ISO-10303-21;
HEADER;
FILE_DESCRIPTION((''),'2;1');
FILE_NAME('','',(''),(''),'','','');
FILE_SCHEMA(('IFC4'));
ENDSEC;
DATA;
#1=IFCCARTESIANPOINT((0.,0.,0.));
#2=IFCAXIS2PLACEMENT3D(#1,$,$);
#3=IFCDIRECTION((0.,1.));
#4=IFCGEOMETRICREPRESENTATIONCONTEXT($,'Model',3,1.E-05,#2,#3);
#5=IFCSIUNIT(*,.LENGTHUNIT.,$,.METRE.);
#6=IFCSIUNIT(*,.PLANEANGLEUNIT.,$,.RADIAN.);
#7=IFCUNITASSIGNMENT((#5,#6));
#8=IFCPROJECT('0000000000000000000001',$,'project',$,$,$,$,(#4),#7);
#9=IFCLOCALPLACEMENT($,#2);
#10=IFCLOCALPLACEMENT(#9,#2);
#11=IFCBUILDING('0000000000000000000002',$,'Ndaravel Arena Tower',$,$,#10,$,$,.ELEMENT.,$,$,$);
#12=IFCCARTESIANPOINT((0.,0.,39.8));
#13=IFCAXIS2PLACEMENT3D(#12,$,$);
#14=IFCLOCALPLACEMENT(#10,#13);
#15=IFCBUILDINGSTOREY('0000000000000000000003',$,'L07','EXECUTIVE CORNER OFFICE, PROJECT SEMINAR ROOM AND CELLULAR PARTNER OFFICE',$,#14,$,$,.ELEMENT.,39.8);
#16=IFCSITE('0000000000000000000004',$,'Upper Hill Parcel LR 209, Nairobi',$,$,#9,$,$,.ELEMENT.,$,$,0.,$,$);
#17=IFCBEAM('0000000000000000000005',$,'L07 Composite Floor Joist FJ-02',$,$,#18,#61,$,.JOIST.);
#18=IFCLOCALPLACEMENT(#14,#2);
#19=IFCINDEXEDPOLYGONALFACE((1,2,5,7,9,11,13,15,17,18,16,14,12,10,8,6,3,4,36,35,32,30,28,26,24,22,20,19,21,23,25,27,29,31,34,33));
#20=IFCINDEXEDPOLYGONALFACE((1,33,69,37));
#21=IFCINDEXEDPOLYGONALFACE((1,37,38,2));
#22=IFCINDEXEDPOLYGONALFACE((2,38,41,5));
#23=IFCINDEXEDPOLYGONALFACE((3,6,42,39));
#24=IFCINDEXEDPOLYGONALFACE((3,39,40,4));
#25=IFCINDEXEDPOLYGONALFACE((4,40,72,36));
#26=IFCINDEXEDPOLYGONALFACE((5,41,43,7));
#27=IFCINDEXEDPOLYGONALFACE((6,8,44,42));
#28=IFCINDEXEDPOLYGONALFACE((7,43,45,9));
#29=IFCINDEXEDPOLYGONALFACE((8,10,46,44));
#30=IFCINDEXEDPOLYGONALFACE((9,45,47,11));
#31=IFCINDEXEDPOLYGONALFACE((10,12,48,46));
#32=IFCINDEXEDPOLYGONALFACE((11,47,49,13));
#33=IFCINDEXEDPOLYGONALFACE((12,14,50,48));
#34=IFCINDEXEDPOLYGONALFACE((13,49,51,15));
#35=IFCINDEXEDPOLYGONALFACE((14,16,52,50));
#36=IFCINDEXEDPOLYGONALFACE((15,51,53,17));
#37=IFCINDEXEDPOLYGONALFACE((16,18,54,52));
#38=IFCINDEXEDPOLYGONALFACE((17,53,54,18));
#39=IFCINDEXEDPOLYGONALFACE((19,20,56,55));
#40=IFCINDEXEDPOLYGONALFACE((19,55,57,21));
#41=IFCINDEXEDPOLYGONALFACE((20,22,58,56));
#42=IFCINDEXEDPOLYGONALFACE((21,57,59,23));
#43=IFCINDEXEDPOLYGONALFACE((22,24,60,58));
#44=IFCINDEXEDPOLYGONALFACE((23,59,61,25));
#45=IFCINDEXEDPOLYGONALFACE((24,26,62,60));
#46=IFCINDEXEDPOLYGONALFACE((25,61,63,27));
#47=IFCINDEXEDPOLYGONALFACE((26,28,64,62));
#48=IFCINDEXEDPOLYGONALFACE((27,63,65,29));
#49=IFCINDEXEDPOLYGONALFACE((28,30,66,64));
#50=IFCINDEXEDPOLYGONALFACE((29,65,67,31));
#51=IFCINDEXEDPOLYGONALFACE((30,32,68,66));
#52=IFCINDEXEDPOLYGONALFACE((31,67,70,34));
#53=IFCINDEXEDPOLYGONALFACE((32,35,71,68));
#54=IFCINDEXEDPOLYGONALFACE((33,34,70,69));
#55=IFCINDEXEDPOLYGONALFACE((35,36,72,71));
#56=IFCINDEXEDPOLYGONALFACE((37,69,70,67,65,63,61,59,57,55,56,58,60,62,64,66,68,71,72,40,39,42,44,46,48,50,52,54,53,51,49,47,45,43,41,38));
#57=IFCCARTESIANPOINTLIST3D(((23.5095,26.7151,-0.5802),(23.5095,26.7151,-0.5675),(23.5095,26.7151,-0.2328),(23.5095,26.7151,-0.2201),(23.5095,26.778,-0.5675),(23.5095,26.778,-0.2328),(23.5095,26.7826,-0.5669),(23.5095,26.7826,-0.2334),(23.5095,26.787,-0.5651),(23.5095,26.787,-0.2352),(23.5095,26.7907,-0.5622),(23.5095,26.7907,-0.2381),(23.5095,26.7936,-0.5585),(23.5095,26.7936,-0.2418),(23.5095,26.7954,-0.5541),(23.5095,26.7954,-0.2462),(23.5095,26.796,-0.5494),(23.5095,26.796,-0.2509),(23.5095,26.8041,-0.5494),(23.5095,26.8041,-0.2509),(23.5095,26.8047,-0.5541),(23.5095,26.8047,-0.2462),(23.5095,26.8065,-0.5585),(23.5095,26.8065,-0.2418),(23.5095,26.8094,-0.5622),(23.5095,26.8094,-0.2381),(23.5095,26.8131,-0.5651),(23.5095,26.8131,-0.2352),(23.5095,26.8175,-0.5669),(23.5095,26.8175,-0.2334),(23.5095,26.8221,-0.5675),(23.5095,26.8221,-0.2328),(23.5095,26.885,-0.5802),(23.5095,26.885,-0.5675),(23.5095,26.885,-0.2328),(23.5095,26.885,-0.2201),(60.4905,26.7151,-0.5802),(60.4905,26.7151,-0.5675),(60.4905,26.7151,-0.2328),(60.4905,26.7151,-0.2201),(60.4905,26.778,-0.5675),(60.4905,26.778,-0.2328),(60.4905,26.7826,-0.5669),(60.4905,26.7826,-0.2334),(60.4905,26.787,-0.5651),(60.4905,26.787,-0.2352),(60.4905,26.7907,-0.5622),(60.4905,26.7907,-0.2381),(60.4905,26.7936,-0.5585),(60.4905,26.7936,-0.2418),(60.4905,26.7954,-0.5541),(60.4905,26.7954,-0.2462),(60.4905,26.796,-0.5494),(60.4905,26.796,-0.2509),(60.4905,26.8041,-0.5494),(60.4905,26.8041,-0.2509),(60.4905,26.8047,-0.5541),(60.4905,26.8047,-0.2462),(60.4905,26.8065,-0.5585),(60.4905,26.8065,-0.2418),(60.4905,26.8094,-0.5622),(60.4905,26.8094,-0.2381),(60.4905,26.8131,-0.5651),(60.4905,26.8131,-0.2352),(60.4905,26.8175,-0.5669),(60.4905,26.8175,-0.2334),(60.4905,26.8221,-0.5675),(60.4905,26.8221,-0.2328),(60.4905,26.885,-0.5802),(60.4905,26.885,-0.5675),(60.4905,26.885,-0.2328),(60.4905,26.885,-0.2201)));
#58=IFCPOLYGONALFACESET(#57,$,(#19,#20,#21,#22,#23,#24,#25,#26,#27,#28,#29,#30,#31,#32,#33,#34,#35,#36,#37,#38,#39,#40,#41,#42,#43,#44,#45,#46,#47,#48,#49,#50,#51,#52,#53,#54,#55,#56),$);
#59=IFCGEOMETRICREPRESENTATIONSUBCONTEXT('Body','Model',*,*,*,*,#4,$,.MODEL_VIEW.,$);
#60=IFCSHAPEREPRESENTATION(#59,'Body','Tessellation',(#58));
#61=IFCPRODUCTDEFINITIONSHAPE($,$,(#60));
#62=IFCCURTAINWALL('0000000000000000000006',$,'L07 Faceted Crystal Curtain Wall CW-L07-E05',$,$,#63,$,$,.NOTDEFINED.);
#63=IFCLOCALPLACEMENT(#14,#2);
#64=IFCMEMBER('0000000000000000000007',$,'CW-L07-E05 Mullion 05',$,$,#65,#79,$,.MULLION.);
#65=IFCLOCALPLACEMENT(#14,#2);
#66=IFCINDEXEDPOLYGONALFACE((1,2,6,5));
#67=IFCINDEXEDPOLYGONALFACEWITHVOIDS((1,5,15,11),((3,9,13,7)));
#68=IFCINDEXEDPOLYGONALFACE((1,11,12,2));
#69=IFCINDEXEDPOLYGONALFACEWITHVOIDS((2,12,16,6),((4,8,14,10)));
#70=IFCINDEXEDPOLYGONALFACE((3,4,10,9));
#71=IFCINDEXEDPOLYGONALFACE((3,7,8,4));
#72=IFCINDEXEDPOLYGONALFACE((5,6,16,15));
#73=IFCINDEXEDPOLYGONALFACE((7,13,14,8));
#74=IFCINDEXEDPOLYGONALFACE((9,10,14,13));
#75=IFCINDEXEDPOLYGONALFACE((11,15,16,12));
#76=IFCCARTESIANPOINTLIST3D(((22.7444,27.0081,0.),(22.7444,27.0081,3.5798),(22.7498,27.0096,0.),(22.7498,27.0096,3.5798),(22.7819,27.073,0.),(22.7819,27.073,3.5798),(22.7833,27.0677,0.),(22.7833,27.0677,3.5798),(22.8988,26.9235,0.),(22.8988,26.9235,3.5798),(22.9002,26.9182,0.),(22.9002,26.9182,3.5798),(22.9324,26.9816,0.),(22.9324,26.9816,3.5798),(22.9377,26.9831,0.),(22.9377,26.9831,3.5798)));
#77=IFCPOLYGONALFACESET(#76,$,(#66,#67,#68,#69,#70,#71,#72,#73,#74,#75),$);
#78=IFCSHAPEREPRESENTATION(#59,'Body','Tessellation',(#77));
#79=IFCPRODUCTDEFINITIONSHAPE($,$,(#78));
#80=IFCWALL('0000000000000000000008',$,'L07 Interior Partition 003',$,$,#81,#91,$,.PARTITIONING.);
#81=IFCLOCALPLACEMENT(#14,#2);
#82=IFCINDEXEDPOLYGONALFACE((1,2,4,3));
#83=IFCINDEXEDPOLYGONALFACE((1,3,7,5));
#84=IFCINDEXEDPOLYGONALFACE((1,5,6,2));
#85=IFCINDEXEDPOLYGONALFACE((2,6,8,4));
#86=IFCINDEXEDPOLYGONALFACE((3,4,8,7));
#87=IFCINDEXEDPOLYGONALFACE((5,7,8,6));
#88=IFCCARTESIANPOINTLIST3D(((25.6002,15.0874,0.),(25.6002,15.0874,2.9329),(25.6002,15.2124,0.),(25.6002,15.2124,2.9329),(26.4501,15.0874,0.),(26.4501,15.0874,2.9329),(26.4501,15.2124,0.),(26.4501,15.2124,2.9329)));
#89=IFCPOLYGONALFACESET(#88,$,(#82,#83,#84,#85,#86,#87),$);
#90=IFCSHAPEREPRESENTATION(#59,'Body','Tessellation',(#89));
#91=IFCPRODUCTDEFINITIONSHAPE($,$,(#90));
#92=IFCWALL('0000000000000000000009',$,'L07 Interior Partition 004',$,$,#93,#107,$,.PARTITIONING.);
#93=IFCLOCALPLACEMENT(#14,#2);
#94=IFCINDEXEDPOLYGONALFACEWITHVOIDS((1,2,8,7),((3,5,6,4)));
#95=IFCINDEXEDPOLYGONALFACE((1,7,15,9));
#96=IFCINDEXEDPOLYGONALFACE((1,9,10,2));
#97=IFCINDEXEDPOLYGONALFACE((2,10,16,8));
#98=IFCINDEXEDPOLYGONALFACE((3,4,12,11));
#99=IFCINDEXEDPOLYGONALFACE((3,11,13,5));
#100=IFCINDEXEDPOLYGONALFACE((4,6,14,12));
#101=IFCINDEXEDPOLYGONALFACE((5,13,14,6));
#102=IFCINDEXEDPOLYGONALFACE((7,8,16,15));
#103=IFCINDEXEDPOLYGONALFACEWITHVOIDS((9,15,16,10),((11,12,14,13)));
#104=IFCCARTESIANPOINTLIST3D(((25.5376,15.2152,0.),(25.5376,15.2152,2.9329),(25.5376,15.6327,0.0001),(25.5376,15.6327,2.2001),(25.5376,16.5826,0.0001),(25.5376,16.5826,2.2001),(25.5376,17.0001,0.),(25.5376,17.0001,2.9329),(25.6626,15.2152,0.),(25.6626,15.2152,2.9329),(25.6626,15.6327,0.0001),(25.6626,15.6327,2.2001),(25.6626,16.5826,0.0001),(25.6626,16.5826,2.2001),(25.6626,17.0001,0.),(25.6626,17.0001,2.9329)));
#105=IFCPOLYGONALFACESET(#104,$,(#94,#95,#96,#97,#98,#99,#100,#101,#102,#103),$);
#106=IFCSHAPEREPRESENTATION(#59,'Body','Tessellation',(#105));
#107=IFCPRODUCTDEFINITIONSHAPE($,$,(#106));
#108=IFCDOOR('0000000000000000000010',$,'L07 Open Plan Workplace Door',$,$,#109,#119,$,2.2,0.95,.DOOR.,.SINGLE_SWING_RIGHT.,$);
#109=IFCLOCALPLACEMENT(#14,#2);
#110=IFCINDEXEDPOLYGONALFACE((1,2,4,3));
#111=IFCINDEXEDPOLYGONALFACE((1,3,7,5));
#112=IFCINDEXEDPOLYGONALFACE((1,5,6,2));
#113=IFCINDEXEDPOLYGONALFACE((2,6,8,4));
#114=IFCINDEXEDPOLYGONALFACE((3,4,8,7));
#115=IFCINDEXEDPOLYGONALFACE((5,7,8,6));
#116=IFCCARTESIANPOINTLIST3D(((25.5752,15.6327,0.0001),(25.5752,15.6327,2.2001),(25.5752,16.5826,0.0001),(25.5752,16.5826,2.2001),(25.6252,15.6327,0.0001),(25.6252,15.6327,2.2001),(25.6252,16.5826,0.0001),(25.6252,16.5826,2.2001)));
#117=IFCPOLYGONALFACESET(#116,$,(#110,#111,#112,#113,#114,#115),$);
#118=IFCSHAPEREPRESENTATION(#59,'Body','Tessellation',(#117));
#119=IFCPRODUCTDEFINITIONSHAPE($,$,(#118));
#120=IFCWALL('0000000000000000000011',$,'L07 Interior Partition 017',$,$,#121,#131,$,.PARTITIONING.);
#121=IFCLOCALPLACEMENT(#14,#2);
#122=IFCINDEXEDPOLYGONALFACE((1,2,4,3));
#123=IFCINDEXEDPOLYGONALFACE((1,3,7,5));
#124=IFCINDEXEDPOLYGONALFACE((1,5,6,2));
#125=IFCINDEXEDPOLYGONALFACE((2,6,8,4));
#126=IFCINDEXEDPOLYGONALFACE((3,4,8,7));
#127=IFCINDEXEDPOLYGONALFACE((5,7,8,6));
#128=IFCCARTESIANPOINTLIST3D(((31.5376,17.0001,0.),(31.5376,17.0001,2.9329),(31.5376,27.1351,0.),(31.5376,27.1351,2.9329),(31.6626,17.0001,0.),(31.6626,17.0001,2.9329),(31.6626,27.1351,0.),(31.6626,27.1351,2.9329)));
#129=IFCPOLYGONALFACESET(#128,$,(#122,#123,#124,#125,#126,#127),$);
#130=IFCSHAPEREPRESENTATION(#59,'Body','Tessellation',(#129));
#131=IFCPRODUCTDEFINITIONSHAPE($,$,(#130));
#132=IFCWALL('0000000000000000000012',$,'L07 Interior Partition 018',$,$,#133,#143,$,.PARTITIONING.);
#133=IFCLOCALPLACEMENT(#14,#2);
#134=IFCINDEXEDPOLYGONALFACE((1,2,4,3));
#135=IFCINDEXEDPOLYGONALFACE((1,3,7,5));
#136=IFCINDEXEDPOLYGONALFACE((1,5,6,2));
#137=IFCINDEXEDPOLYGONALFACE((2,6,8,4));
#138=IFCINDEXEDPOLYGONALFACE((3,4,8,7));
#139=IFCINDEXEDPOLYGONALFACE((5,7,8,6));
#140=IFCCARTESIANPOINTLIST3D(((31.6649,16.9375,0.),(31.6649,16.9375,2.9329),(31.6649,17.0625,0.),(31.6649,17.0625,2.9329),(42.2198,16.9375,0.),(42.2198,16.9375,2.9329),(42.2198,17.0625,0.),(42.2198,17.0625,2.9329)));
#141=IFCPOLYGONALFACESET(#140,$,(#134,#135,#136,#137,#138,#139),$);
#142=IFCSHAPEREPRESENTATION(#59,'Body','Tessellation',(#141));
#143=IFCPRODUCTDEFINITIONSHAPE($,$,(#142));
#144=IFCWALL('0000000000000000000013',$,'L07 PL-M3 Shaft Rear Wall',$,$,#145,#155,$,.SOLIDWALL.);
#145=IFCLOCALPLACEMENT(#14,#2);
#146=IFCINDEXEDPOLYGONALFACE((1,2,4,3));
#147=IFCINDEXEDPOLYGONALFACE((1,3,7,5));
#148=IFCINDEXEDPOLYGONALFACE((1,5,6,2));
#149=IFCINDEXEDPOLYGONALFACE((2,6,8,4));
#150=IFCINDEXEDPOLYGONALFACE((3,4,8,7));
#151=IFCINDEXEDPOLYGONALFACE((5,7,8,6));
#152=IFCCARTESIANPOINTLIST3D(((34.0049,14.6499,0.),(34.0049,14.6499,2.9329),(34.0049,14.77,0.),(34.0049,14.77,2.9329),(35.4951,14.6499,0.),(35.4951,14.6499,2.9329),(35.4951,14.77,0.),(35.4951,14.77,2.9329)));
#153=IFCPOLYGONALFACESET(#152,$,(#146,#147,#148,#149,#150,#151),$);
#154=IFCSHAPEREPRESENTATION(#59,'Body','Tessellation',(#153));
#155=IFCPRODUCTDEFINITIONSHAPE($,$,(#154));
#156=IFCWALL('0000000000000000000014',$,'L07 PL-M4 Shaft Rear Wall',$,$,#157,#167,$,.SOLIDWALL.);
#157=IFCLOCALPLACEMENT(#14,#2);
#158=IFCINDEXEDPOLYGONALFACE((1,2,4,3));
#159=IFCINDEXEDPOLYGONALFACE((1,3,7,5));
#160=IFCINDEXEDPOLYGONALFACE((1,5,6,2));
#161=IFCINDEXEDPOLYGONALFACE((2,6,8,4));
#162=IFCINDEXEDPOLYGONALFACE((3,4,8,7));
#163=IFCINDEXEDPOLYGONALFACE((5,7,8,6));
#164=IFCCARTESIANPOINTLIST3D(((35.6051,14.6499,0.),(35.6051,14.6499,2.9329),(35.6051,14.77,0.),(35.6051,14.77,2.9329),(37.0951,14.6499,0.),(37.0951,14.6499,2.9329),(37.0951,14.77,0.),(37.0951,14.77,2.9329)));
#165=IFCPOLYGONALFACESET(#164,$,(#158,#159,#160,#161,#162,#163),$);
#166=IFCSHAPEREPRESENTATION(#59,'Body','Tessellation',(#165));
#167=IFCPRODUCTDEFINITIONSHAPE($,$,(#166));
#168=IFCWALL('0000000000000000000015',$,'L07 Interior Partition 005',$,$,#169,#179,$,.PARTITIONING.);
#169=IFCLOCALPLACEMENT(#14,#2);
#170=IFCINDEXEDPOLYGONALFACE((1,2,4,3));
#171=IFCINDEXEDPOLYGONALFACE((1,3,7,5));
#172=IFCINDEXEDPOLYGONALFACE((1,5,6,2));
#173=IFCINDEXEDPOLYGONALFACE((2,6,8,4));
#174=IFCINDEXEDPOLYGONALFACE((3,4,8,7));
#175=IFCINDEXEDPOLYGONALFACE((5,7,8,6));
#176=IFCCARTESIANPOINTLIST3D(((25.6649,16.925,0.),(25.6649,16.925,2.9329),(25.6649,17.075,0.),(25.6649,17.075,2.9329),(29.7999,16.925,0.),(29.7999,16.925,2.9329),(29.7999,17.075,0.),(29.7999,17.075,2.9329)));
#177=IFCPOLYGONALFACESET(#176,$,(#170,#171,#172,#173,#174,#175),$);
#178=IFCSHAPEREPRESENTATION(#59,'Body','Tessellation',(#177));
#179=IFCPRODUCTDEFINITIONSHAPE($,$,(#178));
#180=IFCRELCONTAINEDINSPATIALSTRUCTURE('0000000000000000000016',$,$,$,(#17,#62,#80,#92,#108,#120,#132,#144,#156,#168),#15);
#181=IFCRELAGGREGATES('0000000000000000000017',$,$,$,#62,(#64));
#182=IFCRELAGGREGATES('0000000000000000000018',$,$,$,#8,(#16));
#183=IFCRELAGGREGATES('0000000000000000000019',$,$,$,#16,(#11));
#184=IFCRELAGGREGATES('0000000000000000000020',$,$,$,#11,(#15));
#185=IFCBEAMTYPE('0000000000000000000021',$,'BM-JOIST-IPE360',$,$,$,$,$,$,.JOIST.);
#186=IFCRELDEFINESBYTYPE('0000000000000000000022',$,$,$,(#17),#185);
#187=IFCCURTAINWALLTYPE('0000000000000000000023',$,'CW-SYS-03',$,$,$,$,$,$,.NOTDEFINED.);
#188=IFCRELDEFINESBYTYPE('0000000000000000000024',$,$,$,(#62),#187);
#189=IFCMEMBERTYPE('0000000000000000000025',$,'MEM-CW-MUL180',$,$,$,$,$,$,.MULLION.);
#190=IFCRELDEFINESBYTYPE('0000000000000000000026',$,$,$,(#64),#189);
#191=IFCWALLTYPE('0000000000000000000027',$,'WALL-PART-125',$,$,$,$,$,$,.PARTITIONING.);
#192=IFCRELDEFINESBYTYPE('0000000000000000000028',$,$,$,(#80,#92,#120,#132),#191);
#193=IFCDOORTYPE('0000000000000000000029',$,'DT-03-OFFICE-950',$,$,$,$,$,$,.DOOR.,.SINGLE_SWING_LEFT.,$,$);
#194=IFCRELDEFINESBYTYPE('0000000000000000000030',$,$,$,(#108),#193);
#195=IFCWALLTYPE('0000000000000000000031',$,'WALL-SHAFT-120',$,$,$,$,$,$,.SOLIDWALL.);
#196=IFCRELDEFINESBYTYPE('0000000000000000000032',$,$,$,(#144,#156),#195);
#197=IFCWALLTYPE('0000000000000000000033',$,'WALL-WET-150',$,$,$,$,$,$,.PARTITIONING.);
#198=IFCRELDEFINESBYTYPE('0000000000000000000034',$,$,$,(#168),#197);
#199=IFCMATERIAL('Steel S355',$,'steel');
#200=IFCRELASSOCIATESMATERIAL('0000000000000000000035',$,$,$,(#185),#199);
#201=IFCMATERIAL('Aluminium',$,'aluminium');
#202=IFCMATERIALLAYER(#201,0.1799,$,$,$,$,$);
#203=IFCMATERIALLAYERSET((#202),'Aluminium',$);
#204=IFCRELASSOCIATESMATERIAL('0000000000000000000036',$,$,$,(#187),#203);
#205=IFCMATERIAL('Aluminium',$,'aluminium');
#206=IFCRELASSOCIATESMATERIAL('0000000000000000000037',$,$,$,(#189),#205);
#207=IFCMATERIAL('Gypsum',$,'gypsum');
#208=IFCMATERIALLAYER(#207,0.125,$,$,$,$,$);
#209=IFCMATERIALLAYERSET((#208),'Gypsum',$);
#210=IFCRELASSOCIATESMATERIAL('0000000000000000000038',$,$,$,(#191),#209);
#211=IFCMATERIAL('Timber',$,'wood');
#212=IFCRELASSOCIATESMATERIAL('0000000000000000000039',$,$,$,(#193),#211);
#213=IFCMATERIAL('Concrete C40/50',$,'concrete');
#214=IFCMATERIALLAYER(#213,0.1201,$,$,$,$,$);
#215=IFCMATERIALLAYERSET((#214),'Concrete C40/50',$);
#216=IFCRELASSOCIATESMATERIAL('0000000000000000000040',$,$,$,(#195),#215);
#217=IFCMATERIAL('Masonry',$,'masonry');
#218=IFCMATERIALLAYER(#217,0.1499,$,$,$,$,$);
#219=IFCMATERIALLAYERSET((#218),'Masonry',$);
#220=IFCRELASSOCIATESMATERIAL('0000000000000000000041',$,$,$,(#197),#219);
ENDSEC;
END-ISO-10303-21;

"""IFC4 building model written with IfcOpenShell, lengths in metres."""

from ifc_helpers import new_model, si_unit, direction, frame, frame_2d, origin, origin_2d, place, context, subcontext, project, spatial, rectangle, hollow_rectangle, i_section, extrude, material, layer, layer_set, material_profile, profile_set, type_object, element, fill, aggregate, save


model = new_model("IFC4")

# Units and contexts
model_context = context("Model", 3, precision=1e-05, world=origin(), true_north=direction((0.0, 1.0)))
body_context = subcontext(model_context, "Body", "Model", "MODEL_VIEW")
ifc_project = project(units=[si_unit("LENGTHUNIT", "METRE"), si_unit("PLANEANGLEUNIT", "RADIAN")], contexts=[model_context])

# Site, building, storey
site_placement = place(None, origin())
site = spatial("IfcSite", under=ifc_project, at=site_placement, Name="Upper Hill Parcel LR 209, Nairobi", CompositionType="ELEMENT", RefElevation=0.0)
building_placement = place(site_placement, origin())
building = spatial("IfcBuilding", under=site, at=building_placement, Name="Ndaravel Arena Tower", CompositionType="ELEMENT")
storey_placement = place(building_placement, frame((0.0, 0.0, 39.8)))
storey = spatial("IfcBuildingStorey", under=building, at=storey_placement, Name="L07", Description="EXECUTIVE CORNER OFFICE, PROJECT SEMINAR ROOM AND CELLULAR PARTNER OFFICE", CompositionType="ELEMENT", Elevation=39.8)

# Beam
ifc_material_1 = material(Name="Steel S355", Category="steel")
ifc_material_profile_1 = material_profile(ifc_material_1, i_section(OverallWidth=0.1699, OverallDepth=0.3601, WebThickness=0.0081, FlangeThickness=0.0127, FilletRadius=0.0181, at=origin_2d()), Name="IPE 360")
ifc_profile_set_1 = profile_set([ifc_material_profile_1], Name="Steel S355")
beam_type_1 = type_object("IfcBeamType", Name="BM-JOIST-IPE360", PredefinedType="JOIST", material=ifc_profile_set_1)
beam_1_placement = place(storey_placement, frame((23.5095, 26.8, -0.4001), z_axis=(1.0, 0.0, 0.0), x_axis=(0.0, 1.0, 0.0)))
element("IfcBeam", 1, at=beam_1_placement, inside=storey, type_object=beam_type_1, Name="L07 Composite Floor Joist FJ-02", PredefinedType="JOIST", context=body_context, shape_type="SweptSolid", body=[
    extrude(i_section(OverallWidth=0.1699, OverallDepth=0.3601, WebThickness=0.0081, FlangeThickness=0.0127, FilletRadius=0.0181, at=origin_2d()), origin(), (0.0, 0.0, 1.0), 36.981),
])

# Curtain wall, member
ifc_material_2 = material(Name="Aluminium", Category="aluminium")
ifc_layer_1 = layer(ifc_material_2, 0.1799)
ifc_layer_set_1 = layer_set([ifc_layer_1], Name="Aluminium")
curtain_wall_type = type_object("IfcCurtainWallType", Name="CW-SYS-03", PredefinedType="NOTDEFINED", material=ifc_layer_set_1)
curtain_wall_placement = place(storey_placement, origin())
curtain_wall = element("IfcCurtainWall", 2, at=curtain_wall_placement, inside=storey, type_object=curtain_wall_type, Name="L07 Faceted Crystal Curtain Wall CW-L07-E05", PredefinedType="NOTDEFINED")
ifc_material_3 = material(Name="Aluminium", Category="aluminium")
ifc_material_profile_2 = material_profile(ifc_material_3, hollow_rectangle(XDim=0.075, YDim=0.1799, WallThickness=0.0039, at=origin_2d()), Name="CW MULLION 75x180x4")
ifc_profile_set_2 = profile_set([ifc_material_profile_2], Name="Aluminium")
member_type = type_object("IfcMemberType", Name="MEM-CW-MUL180", PredefinedType="MULLION", material=ifc_profile_set_2)
member_placement = place(storey_placement, frame((22.8411, 26.9956, 0.0), z_axis=(0.0, 0.0, 1.0), x_axis=(-0.5, -0.866025, 0.0)))
member = element("IfcMember", 3, at=member_placement, type_object=member_type, Name="CW-L07-E05 Mullion 05", PredefinedType="MULLION", context=body_context, shape_type="SweptSolid", body=[
    extrude(hollow_rectangle(XDim=0.075, YDim=0.1799, WallThickness=0.0039, at=origin_2d()), origin(), (0.0, 0.0, 1.0), 3.5798),
])
aggregate(curtain_wall, [member])

# Wall
ifc_material_4 = material(Name="Gypsum", Category="gypsum")
ifc_layer_2 = layer(ifc_material_4, 0.125)
ifc_layer_set_2 = layer_set([ifc_layer_2], Name="Gypsum")
wall_type_1 = type_object("IfcWallType", Name="WALL-PART-125", PredefinedType="PARTITIONING", material=ifc_layer_set_2)
wall_1_placement = place(storey_placement, frame((26.45, 15.1499, 0.0), z_axis=(0.0, 0.0, 1.0), x_axis=(-1.0, 0.0, 0.0)))
element("IfcWall", 4, at=wall_1_placement, inside=storey, type_object=wall_type_1, Name="L07 Interior Partition 003", PredefinedType="PARTITIONING", context=body_context, shape_type="SweptSolid", body=[
    extrude(rectangle(XDim=0.8499, YDim=0.125, at=frame_2d((0.4248, 0.0))), origin(), (0.0, 0.0, 1.0), 2.9329),
])

# Wall, opening, door
wall_2_placement = place(storey_placement, frame((25.6001, 15.2151, 0.0), z_axis=(0.0, 0.0, 1.0), x_axis=(0.0, 1.0, 0.0)))
wall_2 = element("IfcWall", 5, at=wall_2_placement, inside=storey, type_object=wall_type_1, Name="L07 Interior Partition 004", PredefinedType="PARTITIONING", context=body_context, shape_type="SweptSolid", body=[
    extrude(rectangle(XDim=1.7849, YDim=0.125, at=frame_2d((0.8926, 0.0))), origin(), (0.0, 0.0, 1.0), 2.9329),
])
opening_1_placement = place(wall_2_placement, frame((0.4175, 0.0, 0.0)))
opening_1 = element("IfcOpeningElement", 6, at=opening_1_placement, cuts=wall_2, PredefinedType="OPENING", context=body_context, shape_type="SweptSolid", body=[
    extrude(rectangle(XDim=0.95, YDim=2.2, at=frame_2d((0.4751, 1.1001))), frame((0.0, 0.0625, 0.0), z_axis=(0.0, -1.0, 0.0), x_axis=(1.0, 0.0, 0.0)), (0.0, 0.0, 1.0), 0.125),
])
ifc_material_5 = material(Name="Timber", Category="wood")
door_type_1 = type_object("IfcDoorType", Name="DT-03-OFFICE-950", OperationType="SINGLE_SWING_LEFT", PredefinedType="DOOR", material=ifc_material_5)
door_1_placement = place(opening_1_placement, origin())
door_1 = element("IfcDoor", 7, at=door_1_placement, inside=storey, type_object=door_type_1, Name="L07 Open Plan Workplace Door", OperationType="SINGLE_SWING_RIGHT", OverallHeight=2.2, OverallWidth=0.95, PredefinedType="DOOR", context=body_context, shape_type="SweptSolid", body=[
    extrude(rectangle(XDim=0.95, YDim=2.2, at=frame_2d((0.4751, 1.1001))), frame((0.0, 0.0249, 0.0), z_axis=(0.0, -1.0, 0.0), x_axis=(1.0, 0.0, 0.0)), (0.0, 0.0, 1.0), 0.05),
])
fill(opening_1, door_1)

# Walls
wall_3_placement = place(storey_placement, frame((31.6001, 27.135, 0.0), z_axis=(0.0, 0.0, 1.0), x_axis=(0.0, -1.0, 0.0)))
element("IfcWall", 8, at=wall_3_placement, inside=storey, type_object=wall_type_1, Name="L07 Interior Partition 017", PredefinedType="PARTITIONING", context=body_context, shape_type="SweptSolid", body=[
    extrude(rectangle(XDim=10.135, YDim=0.125, at=frame_2d((5.0674, 0.0))), origin(), (0.0, 0.0, 1.0), 2.9329),
])
wall_4_placement = place(storey_placement, frame((31.665, 17.0, 0.0), z_axis=(0.0, 0.0, 1.0), x_axis=(1.0, 0.0, 0.0)))
element("IfcWall", 9, at=wall_4_placement, inside=storey, type_object=wall_type_1, Name="L07 Interior Partition 018", PredefinedType="PARTITIONING", context=body_context, shape_type="SweptSolid", body=[
    extrude(rectangle(XDim=10.5549, YDim=0.125, at=frame_2d((5.2773, 0.0))), origin(), (0.0, 0.0, 1.0), 2.9329),
])
ifc_material_6 = material(Name="Concrete C40/50", Category="concrete")
ifc_layer_3 = layer(ifc_material_6, 0.1201)
ifc_layer_set_3 = layer_set([ifc_layer_3], Name="Concrete C40/50")
wall_type_2 = type_object("IfcWallType", Name="WALL-SHAFT-120", PredefinedType="SOLIDWALL", material=ifc_layer_set_3)
wall_5_placement = place(storey_placement, frame((34.0049, 14.71, 0.0), z_axis=(0.0, 0.0, 1.0), x_axis=(1.0, 0.0, 0.0)))
element("IfcWall", 10, at=wall_5_placement, inside=storey, type_object=wall_type_2, Name="L07 PL-M3 Shaft Rear Wall", PredefinedType="SOLIDWALL", context=body_context, shape_type="SweptSolid", body=[
    extrude(rectangle(XDim=1.4902, YDim=0.1201, at=frame_2d((0.7451, 0.0))), origin(), (0.0, 0.0, 1.0), 2.9329),
])
wall_6_placement = place(storey_placement, frame((35.605, 14.71, 0.0), z_axis=(0.0, 0.0, 1.0), x_axis=(1.0, 0.0, 0.0)))
element("IfcWall", 11, at=wall_6_placement, inside=storey, type_object=wall_type_2, Name="L07 PL-M4 Shaft Rear Wall", PredefinedType="SOLIDWALL", context=body_context, shape_type="SweptSolid", body=[
    extrude(rectangle(XDim=1.49, YDim=0.1201, at=frame_2d((0.7451, 0.0))), origin(), (0.0, 0.0, 1.0), 2.9329),
])
ifc_material_7 = material(Name="Masonry", Category="masonry")
ifc_layer_4 = layer(ifc_material_7, 0.1499)
ifc_layer_set_4 = layer_set([ifc_layer_4], Name="Masonry")
wall_type_3 = type_object("IfcWallType", Name="WALL-WET-150", PredefinedType="PARTITIONING", material=ifc_layer_set_4)
wall_7_placement = place(storey_placement, frame((25.665, 17.0, 0.0), z_axis=(0.0, 0.0, 1.0), x_axis=(1.0, 0.0, 0.0)))
element("IfcWall", 12, at=wall_7_placement, inside=storey, type_object=wall_type_3, Name="L07 Interior Partition 005", PredefinedType="PARTITIONING", context=body_context, shape_type="SweptSolid", body=[
    extrude(rectangle(XDim=4.135, YDim=0.1499, at=frame_2d((2.0674, 0.0))), origin(), (0.0, 0.0, 1.0), 2.9329),
])

save(model, "model.ifc")
